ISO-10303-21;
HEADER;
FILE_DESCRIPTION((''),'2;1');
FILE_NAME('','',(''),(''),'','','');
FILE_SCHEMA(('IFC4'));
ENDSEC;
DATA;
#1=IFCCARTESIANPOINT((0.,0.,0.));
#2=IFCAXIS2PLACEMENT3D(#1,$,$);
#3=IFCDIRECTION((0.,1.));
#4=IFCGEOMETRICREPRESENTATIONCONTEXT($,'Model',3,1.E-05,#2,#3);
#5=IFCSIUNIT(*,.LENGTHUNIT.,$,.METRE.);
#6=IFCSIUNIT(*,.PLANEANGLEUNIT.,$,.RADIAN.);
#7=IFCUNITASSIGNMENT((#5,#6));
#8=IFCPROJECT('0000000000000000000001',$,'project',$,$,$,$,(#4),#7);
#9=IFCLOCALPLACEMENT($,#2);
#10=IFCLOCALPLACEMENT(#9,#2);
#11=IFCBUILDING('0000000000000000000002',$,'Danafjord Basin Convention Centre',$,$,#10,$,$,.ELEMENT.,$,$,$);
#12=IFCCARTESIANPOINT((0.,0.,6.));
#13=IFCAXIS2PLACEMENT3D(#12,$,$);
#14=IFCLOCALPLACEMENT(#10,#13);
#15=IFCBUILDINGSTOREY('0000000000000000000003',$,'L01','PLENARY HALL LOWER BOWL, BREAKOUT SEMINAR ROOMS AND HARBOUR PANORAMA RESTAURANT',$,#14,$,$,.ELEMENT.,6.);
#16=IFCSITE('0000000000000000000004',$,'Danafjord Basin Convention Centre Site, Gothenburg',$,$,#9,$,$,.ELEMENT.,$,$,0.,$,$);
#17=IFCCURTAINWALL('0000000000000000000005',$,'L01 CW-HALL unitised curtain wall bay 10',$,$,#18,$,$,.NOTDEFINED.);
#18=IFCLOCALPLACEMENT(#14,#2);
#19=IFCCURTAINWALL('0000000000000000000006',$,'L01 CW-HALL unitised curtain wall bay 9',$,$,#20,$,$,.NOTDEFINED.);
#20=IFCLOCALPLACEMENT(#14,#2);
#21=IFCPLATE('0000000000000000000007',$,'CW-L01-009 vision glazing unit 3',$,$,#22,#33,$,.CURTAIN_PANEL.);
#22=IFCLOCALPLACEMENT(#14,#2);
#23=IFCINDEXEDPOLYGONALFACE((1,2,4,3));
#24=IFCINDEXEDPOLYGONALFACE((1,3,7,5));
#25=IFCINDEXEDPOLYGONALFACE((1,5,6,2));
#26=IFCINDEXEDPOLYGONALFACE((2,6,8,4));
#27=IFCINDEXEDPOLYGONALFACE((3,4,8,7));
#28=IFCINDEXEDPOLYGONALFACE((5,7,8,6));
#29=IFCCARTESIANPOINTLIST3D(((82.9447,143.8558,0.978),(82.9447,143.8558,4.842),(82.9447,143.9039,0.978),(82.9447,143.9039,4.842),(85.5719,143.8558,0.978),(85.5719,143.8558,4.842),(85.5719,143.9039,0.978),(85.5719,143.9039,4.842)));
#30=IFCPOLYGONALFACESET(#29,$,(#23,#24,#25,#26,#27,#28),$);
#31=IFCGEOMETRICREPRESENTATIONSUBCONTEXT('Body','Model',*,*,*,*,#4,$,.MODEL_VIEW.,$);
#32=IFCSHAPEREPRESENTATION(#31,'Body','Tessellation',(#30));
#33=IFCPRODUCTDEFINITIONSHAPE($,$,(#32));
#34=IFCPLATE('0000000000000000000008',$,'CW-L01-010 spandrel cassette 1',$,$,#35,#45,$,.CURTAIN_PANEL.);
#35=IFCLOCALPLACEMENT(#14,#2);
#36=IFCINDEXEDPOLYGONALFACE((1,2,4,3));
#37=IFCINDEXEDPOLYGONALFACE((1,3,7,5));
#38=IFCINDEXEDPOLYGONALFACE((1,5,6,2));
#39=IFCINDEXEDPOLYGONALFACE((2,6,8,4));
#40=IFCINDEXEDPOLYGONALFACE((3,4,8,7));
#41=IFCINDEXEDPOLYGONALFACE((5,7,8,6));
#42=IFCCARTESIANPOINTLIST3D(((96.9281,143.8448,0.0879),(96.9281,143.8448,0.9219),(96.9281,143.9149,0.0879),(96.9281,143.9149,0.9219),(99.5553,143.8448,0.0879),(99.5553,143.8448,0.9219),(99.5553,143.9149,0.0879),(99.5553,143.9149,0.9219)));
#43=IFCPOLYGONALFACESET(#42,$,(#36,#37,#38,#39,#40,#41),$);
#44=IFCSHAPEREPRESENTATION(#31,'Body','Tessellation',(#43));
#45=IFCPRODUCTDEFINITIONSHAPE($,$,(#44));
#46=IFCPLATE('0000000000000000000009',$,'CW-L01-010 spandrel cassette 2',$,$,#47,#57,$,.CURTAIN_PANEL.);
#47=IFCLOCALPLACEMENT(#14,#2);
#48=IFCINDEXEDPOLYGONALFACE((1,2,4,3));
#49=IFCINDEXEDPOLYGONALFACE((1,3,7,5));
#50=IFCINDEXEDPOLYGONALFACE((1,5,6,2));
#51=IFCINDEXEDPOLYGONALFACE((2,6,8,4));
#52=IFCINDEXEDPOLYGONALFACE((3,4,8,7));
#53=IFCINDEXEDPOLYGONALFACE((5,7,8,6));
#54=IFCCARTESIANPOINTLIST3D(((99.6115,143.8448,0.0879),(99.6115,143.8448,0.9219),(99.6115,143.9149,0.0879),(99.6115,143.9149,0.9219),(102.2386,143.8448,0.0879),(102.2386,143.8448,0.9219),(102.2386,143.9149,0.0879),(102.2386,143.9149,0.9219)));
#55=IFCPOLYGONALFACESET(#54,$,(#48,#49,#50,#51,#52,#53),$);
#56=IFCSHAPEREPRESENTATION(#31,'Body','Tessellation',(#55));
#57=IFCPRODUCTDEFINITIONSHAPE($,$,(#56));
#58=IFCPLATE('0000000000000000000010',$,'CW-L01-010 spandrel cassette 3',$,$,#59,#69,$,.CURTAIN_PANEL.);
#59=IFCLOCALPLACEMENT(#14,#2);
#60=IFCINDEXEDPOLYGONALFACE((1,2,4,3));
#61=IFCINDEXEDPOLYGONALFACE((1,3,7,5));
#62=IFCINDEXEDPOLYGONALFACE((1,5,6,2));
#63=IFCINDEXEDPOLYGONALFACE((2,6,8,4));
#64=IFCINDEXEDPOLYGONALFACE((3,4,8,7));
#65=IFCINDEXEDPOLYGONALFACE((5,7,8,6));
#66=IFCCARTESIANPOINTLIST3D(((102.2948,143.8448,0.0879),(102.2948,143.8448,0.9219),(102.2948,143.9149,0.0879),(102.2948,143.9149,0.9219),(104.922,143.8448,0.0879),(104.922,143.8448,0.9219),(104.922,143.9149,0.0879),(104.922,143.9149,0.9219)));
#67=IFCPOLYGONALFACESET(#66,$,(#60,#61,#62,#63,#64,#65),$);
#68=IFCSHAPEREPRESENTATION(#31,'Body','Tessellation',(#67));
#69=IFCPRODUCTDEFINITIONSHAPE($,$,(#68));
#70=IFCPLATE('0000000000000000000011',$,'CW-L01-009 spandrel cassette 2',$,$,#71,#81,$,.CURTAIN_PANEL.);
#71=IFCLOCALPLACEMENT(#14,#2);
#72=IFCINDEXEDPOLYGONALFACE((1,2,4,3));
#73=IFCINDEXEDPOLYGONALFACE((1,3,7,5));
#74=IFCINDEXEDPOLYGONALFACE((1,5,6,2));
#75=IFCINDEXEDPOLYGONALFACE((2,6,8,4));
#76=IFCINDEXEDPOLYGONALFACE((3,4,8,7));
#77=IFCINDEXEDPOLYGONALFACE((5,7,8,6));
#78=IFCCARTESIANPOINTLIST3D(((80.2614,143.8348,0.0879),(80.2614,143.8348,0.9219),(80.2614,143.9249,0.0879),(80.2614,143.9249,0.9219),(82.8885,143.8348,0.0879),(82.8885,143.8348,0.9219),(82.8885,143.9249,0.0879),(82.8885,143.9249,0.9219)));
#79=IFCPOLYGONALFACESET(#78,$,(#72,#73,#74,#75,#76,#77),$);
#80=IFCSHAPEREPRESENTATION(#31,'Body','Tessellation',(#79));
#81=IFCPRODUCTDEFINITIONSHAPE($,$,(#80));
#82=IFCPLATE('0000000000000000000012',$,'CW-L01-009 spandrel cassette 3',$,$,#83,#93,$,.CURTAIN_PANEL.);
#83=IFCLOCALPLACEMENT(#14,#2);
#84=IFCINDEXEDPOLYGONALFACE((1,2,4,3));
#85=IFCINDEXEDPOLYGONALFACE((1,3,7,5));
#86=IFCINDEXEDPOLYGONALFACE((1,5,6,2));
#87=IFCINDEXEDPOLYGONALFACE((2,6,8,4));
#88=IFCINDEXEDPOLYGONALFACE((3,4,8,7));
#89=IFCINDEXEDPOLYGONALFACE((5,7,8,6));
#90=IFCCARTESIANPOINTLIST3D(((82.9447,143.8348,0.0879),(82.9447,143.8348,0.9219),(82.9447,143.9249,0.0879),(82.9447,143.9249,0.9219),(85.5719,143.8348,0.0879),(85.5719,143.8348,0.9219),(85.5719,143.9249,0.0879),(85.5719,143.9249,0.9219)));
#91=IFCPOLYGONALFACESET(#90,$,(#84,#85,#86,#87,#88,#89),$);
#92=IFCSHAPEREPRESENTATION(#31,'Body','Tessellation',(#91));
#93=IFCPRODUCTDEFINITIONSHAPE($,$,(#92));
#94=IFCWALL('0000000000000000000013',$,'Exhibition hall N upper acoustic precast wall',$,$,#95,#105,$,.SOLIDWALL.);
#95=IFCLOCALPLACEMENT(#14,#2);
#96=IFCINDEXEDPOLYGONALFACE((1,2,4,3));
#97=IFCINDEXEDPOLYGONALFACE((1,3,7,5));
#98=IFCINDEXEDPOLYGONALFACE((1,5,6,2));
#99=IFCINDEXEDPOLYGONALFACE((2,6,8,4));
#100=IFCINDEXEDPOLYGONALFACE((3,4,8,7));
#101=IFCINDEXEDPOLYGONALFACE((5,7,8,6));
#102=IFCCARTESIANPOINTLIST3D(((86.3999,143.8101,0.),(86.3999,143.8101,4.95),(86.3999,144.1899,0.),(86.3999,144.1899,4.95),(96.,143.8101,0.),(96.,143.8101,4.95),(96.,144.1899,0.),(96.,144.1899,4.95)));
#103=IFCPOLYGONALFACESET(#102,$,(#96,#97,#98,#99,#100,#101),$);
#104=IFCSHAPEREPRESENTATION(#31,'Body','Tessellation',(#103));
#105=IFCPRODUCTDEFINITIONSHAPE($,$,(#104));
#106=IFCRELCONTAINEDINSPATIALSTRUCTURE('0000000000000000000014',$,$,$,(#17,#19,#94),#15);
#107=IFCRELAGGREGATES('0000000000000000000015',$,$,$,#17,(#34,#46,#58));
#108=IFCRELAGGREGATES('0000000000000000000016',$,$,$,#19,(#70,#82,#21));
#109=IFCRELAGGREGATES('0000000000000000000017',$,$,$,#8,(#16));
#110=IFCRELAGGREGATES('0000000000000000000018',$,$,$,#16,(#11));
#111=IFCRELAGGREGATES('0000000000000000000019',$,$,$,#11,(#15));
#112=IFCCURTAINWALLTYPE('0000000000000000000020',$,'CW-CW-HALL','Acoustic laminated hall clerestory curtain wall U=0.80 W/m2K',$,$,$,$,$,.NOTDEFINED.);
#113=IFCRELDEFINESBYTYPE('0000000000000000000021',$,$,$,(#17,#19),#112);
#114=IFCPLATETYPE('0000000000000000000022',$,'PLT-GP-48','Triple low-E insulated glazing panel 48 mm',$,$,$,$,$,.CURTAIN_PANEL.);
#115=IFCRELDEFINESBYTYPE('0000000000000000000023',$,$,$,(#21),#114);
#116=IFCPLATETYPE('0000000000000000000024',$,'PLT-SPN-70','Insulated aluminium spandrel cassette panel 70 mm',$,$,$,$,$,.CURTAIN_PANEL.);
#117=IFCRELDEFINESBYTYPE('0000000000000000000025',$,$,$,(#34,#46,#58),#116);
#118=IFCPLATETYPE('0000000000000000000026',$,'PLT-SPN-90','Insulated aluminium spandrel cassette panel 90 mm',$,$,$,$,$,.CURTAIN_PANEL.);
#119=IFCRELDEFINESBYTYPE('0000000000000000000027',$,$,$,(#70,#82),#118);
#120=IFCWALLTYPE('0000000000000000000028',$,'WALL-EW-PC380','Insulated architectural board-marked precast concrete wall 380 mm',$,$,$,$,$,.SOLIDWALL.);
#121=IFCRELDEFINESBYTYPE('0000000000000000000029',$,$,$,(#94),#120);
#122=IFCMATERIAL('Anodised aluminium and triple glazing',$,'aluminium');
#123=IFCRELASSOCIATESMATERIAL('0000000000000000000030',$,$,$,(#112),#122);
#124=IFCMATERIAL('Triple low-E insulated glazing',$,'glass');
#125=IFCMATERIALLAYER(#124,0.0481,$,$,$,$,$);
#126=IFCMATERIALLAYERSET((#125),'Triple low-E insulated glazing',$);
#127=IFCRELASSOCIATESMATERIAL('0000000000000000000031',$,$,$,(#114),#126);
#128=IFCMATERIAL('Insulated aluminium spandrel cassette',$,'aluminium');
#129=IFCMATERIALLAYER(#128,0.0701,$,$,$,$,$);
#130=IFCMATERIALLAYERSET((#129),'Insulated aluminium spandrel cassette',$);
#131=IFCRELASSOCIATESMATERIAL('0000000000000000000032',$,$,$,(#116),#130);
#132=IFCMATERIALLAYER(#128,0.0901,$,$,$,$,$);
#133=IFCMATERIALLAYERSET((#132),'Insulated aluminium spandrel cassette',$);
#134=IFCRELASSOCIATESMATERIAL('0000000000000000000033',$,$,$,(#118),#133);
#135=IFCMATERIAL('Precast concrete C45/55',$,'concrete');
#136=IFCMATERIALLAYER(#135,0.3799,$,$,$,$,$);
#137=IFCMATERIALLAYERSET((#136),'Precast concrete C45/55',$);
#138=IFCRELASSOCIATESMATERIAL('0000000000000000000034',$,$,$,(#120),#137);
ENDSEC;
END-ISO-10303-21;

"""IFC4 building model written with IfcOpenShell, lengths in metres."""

from ifc_helpers import new_model, si_unit, direction, frame, frame_2d, origin, origin_2d, place, context, subcontext, project, spatial, rectangle, extrude, material, layer, layer_set, type_object, element, aggregate, save


model = new_model("IFC4")

# Units and contexts
model_context = context("Model", 3, precision=1e-05, world=origin(), true_north=direction((0.0, 1.0)))
body_context = subcontext(model_context, "Body", "Model", "MODEL_VIEW")
ifc_project = project(units=[si_unit("LENGTHUNIT", "METRE"), si_unit("PLANEANGLEUNIT", "RADIAN")], contexts=[model_context])

# Site, building, storey
site_placement = place(None, origin())
site = spatial("IfcSite", under=ifc_project, at=site_placement, Name="Danafjord Basin Convention Centre Site, Gothenburg", CompositionType="ELEMENT", RefElevation=0.0)
building_placement = place(site_placement, origin())
building = spatial("IfcBuilding", under=site, at=building_placement, Name="Danafjord Basin Convention Centre", CompositionType="ELEMENT")
storey_placement = place(building_placement, frame((0.0, 0.0, 6.0)))
storey = spatial("IfcBuildingStorey", under=building, at=storey_placement, Name="L01", Description="PLENARY HALL LOWER BOWL, BREAKOUT SEMINAR ROOMS AND HARBOUR PANORAMA RESTAURANT", CompositionType="ELEMENT", Elevation=6.0)

# Shared definitions
ifc_material_1 = material(Name="Precast concrete C45/55", Category="concrete")

# Curtain walls
ifc_material_2 = material(Name="Anodised aluminium and triple glazing", Category="aluminium")
curtain_wall_type = type_object("IfcCurtainWallType", Name="CW-CW-HALL", Description="Acoustic laminated hall clerestory curtain wall U=0.80 W/m2K", PredefinedType="NOTDEFINED", material=ifc_material_2)
curtain_wall_1_placement = place(storey_placement, origin())
curtain_wall_1 = element("IfcCurtainWall", 1, at=curtain_wall_1_placement, inside=storey, type_object=curtain_wall_type, Name="L01 CW-HALL unitised curtain wall bay 10", PredefinedType="NOTDEFINED")
curtain_wall_2_placement = place(storey_placement, origin())
curtain_wall_2 = element("IfcCurtainWall", 2, at=curtain_wall_2_placement, inside=storey, type_object=curtain_wall_type, Name="L01 CW-HALL unitised curtain wall bay 9", PredefinedType="NOTDEFINED")

# Plates
ifc_material_3 = material(Name="Triple low-E insulated glazing", Category="glass")
ifc_layer_1 = layer(ifc_material_3, 0.0481)
ifc_layer_set_1 = layer_set([ifc_layer_1], Name="Triple low-E insulated glazing")
plate_type_1 = type_object("IfcPlateType", Name="PLT-GP-48", Description="Triple low-E insulated glazing panel 48 mm", PredefinedType="CURTAIN_PANEL", material=ifc_layer_set_1)
plate_1_placement = place(storey_placement, frame((84.2583, 143.8799, 0.978), z_axis=(0.0, 0.0, 1.0), x_axis=(1.0, 0.0, 0.0)))
plate_1 = element("IfcPlate", 3, at=plate_1_placement, type_object=plate_type_1, Name="CW-L01-009 vision glazing unit 3", PredefinedType="CURTAIN_PANEL", context=body_context, shape_type="SweptSolid", body=[
    extrude(rectangle(XDim=2.6272, YDim=0.0481, at=origin_2d()), origin(), (0.0, 0.0, 1.0), 3.864),
])
ifc_material_4 = material(Name="Insulated aluminium spandrel cassette", Category="aluminium")
ifc_layer_2 = layer(ifc_material_4, 0.0701)
ifc_layer_set_2 = layer_set([ifc_layer_2], Name="Insulated aluminium spandrel cassette")
plate_type_2 = type_object("IfcPlateType", Name="PLT-SPN-70", Description="Insulated aluminium spandrel cassette panel 70 mm", PredefinedType="CURTAIN_PANEL", material=ifc_layer_set_2)
plate_2_placement = place(storey_placement, frame((98.2417, 143.8799, 0.0879), z_axis=(0.0, 0.0, 1.0), x_axis=(1.0, 0.0, 0.0)))
plate_2 = element("IfcPlate", 4, at=plate_2_placement, type_object=plate_type_2, Name="CW-L01-010 spandrel cassette 1", PredefinedType="CURTAIN_PANEL", context=body_context, shape_type="SweptSolid", body=[
    extrude(rectangle(XDim=2.6272, YDim=0.0701, at=origin_2d()), origin(), (0.0, 0.0, 1.0), 0.834),
])
plate_3_placement = place(storey_placement, frame((100.925, 143.8799, 0.0879), z_axis=(0.0, 0.0, 1.0), x_axis=(1.0, 0.0, 0.0)))
plate_3 = element("IfcPlate", 5, at=plate_3_placement, type_object=plate_type_2, Name="CW-L01-010 spandrel cassette 2", PredefinedType="CURTAIN_PANEL", context=body_context, shape_type="SweptSolid", body=[
    extrude(rectangle(XDim=2.6272, YDim=0.0701, at=origin_2d()), origin(), (0.0, 0.0, 1.0), 0.834),
])
plate_4_placement = place(storey_placement, frame((103.6084, 143.8799, 0.0879), z_axis=(0.0, 0.0, 1.0), x_axis=(1.0, 0.0, 0.0)))
plate_4 = element("IfcPlate", 6, at=plate_4_placement, type_object=plate_type_2, Name="CW-L01-010 spandrel cassette 3", PredefinedType="CURTAIN_PANEL", context=body_context, shape_type="SweptSolid", body=[
    extrude(rectangle(XDim=2.6272, YDim=0.0701, at=origin_2d()), origin(), (0.0, 0.0, 1.0), 0.834),
])
aggregate(curtain_wall_1, [plate_2, plate_3, plate_4])
ifc_layer_3 = layer(ifc_material_4, 0.0901)
ifc_layer_set_3 = layer_set([ifc_layer_3], Name="Insulated aluminium spandrel cassette")
plate_type_3 = type_object("IfcPlateType", Name="PLT-SPN-90", Description="Insulated aluminium spandrel cassette panel 90 mm", PredefinedType="CURTAIN_PANEL", material=ifc_layer_set_3)
plate_5_placement = place(storey_placement, frame((81.575, 143.8799, 0.0879), z_axis=(0.0, 0.0, 1.0), x_axis=(1.0, 0.0, 0.0)))
plate_5 = element("IfcPlate", 7, at=plate_5_placement, type_object=plate_type_3, Name="CW-L01-009 spandrel cassette 2", PredefinedType="CURTAIN_PANEL", context=body_context, shape_type="SweptSolid", body=[
    extrude(rectangle(XDim=2.6272, YDim=0.0901, at=origin_2d()), origin(), (0.0, 0.0, 1.0), 0.834),
])
plate_6_placement = place(storey_placement, frame((84.2583, 143.8799, 0.0879), z_axis=(0.0, 0.0, 1.0), x_axis=(1.0, 0.0, 0.0)))
plate_6 = element("IfcPlate", 8, at=plate_6_placement, type_object=plate_type_3, Name="CW-L01-009 spandrel cassette 3", PredefinedType="CURTAIN_PANEL", context=body_context, shape_type="SweptSolid", body=[
    extrude(rectangle(XDim=2.6272, YDim=0.0901, at=origin_2d()), origin(), (0.0, 0.0, 1.0), 0.834),
])
aggregate(curtain_wall_2, [plate_5, plate_6, plate_1])

# Wall
ifc_layer_4 = layer(ifc_material_1, 0.3799)
ifc_layer_set_4 = layer_set([ifc_layer_4], Name="Precast concrete C45/55")
wall_type = type_object("IfcWallType", Name="WALL-EW-PC380", Description="Insulated architectural board-marked precast concrete wall 380 mm", PredefinedType="SOLIDWALL", material=ifc_layer_set_4)
wall_placement = place(storey_placement, frame((86.3999, 144.0, 0.0), z_axis=(0.0, 0.0, 1.0), x_axis=(1.0, 0.0, 0.0)))
element("IfcWall", 9, at=wall_placement, inside=storey, type_object=wall_type, Name="Exhibition hall N upper acoustic precast wall", PredefinedType="SOLIDWALL", context=body_context, shape_type="SweptSolid", body=[
    extrude(rectangle(XDim=9.6001, YDim=0.3799, at=frame_2d((4.8, 0.0))), origin(), (0.0, 0.0, 1.0), 4.95),
])

save(model, "model.ifc")
